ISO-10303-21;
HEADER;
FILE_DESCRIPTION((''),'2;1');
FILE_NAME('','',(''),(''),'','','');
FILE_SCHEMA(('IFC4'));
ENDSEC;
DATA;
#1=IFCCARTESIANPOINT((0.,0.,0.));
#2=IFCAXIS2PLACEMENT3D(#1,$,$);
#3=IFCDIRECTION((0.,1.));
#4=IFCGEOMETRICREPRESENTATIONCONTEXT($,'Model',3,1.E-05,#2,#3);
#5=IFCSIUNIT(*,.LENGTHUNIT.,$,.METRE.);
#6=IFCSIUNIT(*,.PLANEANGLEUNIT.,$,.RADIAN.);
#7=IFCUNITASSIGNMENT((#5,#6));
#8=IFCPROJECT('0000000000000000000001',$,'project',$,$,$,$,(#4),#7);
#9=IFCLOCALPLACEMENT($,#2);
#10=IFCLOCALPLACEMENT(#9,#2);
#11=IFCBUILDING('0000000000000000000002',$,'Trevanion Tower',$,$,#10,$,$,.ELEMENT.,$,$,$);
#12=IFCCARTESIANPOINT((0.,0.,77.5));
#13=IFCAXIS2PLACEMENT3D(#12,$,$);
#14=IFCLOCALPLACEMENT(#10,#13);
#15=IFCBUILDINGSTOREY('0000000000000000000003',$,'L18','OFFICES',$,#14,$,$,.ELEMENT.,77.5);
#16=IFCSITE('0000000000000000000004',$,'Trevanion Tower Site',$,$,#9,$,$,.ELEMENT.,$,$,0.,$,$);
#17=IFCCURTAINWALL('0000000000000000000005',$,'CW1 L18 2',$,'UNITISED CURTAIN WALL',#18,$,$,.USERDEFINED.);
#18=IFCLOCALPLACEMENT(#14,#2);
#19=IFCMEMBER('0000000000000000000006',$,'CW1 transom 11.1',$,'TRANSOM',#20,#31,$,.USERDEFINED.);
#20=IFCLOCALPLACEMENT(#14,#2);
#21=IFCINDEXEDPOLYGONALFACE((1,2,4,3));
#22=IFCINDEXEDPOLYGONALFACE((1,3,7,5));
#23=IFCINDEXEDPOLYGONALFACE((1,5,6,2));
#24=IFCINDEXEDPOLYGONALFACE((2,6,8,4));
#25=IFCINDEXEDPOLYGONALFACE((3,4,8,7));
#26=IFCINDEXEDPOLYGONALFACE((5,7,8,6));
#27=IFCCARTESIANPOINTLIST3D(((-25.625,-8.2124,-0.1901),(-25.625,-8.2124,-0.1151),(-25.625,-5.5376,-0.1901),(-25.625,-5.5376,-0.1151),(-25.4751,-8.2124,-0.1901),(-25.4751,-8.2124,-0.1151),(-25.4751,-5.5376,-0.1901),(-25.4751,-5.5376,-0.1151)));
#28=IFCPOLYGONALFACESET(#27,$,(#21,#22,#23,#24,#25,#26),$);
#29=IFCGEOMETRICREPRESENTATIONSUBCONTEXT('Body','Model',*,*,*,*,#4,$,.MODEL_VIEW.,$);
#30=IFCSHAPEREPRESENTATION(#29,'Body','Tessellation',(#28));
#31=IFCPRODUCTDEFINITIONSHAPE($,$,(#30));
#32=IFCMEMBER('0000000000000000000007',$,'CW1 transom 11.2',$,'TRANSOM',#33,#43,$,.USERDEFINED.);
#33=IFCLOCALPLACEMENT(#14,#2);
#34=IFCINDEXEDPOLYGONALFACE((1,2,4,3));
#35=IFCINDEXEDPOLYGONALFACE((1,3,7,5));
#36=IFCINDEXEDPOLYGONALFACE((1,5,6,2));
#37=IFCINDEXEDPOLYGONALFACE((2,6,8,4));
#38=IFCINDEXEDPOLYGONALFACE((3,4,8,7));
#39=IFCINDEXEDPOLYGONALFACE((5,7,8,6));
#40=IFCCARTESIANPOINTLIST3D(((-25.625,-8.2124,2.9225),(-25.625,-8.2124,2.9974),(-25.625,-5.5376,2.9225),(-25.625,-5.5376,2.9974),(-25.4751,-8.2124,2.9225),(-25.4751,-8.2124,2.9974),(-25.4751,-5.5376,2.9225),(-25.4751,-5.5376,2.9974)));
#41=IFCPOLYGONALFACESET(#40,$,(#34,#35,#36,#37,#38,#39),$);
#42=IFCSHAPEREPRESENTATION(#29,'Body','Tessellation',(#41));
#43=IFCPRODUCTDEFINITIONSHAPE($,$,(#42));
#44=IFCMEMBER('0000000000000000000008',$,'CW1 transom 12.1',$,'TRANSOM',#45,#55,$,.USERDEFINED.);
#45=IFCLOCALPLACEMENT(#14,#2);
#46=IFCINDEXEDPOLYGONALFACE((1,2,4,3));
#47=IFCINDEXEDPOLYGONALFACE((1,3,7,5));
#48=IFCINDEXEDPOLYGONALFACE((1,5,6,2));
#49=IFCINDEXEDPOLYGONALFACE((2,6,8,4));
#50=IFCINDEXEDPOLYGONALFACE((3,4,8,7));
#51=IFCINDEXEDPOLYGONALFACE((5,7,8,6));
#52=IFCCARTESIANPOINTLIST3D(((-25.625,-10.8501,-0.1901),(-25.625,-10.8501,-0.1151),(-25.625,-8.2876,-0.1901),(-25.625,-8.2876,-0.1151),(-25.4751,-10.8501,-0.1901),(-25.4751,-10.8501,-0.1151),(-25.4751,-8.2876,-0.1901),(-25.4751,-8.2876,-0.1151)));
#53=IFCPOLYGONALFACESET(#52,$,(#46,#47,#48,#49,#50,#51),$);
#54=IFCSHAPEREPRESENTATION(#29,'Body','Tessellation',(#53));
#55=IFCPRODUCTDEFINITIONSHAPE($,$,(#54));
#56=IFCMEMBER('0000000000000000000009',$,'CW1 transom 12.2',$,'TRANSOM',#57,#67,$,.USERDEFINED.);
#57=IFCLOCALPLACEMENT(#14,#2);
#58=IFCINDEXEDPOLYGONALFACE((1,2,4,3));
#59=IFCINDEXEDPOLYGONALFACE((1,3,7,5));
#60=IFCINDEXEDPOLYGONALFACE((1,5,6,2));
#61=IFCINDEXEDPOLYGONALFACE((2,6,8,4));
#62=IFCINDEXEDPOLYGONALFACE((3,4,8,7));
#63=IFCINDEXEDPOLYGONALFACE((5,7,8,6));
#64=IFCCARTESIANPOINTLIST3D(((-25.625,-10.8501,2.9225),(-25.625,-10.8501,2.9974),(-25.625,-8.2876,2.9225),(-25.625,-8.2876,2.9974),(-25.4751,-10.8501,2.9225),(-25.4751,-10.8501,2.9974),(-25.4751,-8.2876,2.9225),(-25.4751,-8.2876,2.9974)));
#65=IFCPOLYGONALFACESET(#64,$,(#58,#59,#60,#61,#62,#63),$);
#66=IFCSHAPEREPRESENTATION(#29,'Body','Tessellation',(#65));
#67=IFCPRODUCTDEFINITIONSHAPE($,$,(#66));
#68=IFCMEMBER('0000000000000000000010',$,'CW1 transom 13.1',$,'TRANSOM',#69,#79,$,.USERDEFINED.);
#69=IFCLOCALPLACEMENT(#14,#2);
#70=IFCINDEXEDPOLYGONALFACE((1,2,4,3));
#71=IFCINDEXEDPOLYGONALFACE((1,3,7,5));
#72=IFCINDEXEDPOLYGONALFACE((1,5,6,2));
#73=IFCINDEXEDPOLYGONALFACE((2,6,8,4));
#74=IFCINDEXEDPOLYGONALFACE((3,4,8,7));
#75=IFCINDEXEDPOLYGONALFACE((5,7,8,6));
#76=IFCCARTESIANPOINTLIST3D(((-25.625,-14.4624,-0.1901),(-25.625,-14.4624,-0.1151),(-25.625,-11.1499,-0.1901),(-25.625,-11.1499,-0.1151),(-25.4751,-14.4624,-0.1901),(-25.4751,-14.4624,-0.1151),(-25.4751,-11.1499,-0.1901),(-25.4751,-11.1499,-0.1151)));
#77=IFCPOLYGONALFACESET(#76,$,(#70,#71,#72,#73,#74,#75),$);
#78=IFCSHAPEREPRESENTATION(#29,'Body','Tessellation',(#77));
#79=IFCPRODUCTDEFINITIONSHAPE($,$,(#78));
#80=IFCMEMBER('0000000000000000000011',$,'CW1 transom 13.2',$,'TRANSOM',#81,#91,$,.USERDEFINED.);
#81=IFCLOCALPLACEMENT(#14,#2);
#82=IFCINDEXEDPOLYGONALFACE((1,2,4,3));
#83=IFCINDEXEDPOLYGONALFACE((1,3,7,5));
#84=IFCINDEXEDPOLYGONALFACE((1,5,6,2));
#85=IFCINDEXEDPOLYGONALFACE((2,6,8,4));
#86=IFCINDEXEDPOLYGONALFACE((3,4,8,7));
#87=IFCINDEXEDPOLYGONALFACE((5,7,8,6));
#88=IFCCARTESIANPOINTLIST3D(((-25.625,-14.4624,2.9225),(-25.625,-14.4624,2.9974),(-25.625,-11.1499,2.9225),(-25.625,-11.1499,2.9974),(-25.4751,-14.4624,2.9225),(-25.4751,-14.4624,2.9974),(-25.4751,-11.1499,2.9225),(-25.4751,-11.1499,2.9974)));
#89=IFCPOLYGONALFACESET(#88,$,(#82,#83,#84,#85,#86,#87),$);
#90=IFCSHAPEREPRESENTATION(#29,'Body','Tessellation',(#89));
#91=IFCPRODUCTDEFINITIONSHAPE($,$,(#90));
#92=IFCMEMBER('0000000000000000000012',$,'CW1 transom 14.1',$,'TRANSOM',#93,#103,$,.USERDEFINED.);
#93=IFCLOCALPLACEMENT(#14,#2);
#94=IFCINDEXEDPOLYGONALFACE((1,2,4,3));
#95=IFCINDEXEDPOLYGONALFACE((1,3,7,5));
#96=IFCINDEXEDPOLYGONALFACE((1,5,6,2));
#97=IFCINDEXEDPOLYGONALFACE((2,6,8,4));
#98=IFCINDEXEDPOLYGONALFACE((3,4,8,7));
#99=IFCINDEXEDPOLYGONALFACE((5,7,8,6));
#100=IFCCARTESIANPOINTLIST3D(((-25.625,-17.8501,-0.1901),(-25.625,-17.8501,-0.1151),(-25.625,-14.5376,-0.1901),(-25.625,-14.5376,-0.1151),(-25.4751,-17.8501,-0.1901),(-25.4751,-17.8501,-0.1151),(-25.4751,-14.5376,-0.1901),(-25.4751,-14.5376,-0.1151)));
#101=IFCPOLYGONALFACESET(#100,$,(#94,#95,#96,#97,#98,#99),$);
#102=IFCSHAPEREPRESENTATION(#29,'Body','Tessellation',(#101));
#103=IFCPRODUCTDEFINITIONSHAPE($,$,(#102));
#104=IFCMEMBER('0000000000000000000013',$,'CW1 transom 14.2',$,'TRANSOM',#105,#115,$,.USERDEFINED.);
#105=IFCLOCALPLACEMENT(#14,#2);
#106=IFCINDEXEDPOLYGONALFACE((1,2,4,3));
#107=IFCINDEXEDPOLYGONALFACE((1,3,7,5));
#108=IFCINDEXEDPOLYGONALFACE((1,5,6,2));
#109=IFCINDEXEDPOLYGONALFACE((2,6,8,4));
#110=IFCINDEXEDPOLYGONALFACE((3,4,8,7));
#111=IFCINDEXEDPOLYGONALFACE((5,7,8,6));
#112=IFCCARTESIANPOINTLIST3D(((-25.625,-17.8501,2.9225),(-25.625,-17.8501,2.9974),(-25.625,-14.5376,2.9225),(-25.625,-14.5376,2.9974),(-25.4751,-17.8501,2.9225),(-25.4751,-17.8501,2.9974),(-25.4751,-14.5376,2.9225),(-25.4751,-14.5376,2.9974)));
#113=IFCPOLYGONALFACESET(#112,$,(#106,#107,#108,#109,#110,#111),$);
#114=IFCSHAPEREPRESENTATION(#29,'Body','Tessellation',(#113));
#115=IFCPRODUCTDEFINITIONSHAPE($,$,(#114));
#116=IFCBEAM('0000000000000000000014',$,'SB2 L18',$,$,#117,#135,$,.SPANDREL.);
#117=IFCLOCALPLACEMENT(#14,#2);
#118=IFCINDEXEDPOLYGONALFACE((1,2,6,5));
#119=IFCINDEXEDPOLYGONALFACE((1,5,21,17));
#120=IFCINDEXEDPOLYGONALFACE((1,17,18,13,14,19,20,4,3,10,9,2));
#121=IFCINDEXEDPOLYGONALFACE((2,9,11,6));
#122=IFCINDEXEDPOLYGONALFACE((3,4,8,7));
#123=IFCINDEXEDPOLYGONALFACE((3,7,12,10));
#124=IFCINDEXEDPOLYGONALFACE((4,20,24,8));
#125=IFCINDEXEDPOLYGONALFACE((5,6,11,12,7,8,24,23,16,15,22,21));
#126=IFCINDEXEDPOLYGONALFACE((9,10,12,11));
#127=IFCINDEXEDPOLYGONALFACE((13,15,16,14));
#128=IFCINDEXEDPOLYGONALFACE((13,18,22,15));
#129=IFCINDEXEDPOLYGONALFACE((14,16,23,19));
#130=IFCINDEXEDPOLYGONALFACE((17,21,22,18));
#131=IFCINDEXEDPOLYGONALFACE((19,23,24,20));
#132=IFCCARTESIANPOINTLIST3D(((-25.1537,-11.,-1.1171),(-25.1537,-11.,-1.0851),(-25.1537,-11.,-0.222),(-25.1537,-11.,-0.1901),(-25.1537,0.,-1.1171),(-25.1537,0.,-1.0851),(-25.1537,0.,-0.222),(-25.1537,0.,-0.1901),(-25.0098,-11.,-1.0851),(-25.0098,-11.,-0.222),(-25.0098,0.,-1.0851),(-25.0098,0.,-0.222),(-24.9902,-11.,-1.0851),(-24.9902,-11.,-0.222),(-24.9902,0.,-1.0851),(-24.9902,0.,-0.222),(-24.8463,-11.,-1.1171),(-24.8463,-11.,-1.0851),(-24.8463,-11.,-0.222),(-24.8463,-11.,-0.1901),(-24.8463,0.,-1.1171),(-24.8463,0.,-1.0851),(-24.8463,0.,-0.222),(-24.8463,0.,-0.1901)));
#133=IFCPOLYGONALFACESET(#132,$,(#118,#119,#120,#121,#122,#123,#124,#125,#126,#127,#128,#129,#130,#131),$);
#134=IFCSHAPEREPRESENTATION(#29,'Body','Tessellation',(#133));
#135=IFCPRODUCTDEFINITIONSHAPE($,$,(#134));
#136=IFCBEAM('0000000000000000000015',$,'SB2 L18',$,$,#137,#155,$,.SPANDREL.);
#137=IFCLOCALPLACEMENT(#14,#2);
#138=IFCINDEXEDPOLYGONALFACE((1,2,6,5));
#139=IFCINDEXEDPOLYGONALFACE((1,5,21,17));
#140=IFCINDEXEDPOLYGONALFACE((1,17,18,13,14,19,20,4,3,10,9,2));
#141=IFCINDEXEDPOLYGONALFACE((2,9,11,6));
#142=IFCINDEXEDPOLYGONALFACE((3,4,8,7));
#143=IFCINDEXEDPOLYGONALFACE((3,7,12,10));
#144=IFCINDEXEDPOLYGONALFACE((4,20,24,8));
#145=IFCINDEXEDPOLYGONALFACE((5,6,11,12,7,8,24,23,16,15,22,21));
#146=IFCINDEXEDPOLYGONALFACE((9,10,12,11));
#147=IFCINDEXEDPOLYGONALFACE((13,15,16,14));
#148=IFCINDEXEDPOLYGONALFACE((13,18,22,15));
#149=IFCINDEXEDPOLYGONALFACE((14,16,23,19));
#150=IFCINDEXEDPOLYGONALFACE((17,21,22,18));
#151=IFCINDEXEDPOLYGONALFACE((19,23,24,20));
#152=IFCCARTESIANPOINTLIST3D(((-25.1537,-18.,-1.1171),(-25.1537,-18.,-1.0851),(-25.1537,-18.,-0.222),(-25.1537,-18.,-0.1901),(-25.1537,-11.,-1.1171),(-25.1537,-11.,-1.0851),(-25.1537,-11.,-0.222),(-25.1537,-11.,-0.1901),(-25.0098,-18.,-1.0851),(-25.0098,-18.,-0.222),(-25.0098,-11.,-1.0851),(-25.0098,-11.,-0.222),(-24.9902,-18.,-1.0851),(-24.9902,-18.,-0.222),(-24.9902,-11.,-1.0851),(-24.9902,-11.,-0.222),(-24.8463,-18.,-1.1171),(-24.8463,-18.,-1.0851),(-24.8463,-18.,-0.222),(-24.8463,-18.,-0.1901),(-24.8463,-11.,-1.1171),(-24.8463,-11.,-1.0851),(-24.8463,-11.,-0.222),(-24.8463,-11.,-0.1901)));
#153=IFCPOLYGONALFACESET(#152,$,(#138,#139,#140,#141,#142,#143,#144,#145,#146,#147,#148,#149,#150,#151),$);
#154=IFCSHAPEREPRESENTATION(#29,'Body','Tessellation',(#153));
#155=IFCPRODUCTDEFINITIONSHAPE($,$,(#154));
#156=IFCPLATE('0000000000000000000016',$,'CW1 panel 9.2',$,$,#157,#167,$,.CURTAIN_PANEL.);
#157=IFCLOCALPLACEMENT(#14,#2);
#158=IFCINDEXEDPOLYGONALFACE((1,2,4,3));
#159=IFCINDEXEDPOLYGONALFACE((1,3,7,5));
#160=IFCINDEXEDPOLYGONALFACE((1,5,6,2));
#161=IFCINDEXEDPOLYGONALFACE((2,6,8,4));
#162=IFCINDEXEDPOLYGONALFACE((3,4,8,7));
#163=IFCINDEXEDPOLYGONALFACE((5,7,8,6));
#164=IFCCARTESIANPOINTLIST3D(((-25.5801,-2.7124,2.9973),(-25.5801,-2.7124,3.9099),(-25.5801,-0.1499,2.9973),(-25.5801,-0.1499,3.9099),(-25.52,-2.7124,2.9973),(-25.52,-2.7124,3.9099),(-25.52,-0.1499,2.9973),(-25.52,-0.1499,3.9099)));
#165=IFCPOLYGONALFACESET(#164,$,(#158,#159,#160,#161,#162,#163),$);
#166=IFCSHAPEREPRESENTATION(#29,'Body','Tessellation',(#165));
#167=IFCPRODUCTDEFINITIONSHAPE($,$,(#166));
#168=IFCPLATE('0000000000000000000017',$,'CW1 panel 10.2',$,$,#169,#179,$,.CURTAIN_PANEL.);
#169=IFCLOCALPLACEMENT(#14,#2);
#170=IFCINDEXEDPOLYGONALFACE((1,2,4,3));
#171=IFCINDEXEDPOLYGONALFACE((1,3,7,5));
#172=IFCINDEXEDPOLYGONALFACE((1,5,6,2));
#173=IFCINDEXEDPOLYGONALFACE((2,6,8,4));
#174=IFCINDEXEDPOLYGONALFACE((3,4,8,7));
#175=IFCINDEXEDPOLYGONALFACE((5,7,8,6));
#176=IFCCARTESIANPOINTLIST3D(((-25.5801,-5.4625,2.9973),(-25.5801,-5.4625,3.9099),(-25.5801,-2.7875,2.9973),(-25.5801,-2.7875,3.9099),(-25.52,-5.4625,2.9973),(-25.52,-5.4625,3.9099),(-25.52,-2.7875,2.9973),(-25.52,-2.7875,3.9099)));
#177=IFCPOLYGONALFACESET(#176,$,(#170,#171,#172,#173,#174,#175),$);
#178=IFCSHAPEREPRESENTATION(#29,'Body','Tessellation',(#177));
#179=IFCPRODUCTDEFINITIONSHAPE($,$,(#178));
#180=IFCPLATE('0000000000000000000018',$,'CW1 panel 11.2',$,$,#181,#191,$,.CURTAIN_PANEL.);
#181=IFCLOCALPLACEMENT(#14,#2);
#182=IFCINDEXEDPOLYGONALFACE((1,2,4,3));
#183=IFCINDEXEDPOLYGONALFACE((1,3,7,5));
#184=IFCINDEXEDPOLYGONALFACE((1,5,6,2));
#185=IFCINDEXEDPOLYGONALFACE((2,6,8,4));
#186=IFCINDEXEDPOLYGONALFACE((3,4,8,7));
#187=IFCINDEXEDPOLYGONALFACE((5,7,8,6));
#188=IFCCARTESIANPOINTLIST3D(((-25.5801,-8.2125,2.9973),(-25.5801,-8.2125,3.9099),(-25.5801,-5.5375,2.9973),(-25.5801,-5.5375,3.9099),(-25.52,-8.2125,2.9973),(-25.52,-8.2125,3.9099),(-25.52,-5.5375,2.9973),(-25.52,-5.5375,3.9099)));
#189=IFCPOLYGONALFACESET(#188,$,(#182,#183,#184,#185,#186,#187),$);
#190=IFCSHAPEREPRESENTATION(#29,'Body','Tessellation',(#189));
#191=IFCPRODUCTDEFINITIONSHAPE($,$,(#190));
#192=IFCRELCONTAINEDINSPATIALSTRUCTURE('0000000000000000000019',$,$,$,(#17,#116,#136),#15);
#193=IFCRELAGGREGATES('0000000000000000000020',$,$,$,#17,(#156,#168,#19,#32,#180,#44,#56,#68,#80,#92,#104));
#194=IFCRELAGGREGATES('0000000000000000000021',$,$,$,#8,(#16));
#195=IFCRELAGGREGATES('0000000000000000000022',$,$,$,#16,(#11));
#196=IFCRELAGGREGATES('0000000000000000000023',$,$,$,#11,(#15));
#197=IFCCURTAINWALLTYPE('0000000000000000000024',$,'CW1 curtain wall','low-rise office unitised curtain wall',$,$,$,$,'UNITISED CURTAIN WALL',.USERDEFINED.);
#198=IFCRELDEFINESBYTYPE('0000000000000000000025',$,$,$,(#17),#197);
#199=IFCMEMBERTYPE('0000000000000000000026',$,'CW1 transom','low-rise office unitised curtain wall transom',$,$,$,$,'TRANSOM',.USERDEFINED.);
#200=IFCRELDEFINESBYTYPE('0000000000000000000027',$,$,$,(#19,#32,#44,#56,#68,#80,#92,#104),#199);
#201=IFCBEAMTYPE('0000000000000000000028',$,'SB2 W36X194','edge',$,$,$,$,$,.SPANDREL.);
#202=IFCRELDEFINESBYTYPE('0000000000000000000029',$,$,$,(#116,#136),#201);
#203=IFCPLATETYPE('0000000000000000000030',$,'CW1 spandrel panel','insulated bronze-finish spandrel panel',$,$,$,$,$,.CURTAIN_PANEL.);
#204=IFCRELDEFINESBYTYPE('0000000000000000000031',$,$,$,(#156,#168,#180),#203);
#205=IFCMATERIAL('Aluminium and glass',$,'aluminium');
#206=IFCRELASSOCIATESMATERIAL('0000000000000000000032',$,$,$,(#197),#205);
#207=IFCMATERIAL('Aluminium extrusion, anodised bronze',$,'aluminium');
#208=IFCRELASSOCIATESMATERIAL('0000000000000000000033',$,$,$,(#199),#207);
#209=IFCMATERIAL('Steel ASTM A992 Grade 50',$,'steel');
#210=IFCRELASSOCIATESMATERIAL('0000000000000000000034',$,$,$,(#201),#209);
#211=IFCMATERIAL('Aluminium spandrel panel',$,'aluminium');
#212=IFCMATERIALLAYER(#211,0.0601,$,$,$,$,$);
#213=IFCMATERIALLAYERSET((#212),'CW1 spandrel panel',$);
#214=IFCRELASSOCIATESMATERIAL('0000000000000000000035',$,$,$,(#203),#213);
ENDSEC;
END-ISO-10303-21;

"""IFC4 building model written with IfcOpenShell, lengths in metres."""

from ifc_helpers import new_model, si_unit, direction, frame, origin, origin_2d, place, context, subcontext, project, spatial, rectangle, i_section, extrude, material, layer, layer_set, material_profile, profile_set, type_object, element, aggregate, save


model = new_model("IFC4")

# Units and contexts
model_context = context("Model", 3, precision=1e-05, world=origin(), true_north=direction((0.0, 1.0)))
body_context = subcontext(model_context, "Body", "Model", "MODEL_VIEW")
ifc_project = project(units=[si_unit("LENGTHUNIT", "METRE"), si_unit("PLANEANGLEUNIT", "RADIAN")], contexts=[model_context])

# Site, building, storey
site_placement = place(None, origin())
site = spatial("IfcSite", under=ifc_project, at=site_placement, Name="Trevanion Tower Site", CompositionType="ELEMENT", RefElevation=0.0)
building_placement = place(site_placement, origin())
building = spatial("IfcBuilding", under=site, at=building_placement, Name="Trevanion Tower", CompositionType="ELEMENT")
storey_placement = place(building_placement, frame((0.0, 0.0, 77.5)))
storey = spatial("IfcBuildingStorey", under=building, at=storey_placement, Name="L18", Description="OFFICES", CompositionType="ELEMENT", Elevation=77.5)

# Curtain wall, members
ifc_material_1 = material(Name="Aluminium and glass", Category="aluminium")
curtain_wall_type = type_object("IfcCurtainWallType", Name="CW1 curtain wall", Description="low-rise office unitised curtain wall", ElementType="UNITISED CURTAIN WALL", PredefinedType="USERDEFINED", material=ifc_material_1)
curtain_wall_placement = place(storey_placement, origin())
curtain_wall = element("IfcCurtainWall", 1, at=curtain_wall_placement, inside=storey, type_object=curtain_wall_type, Name="CW1 L18 2", ObjectType="UNITISED CURTAIN WALL", PredefinedType="USERDEFINED")
ifc_material_2 = material(Name="Aluminium extrusion, anodised bronze", Category="aluminium")
ifc_material_profile_1 = material_profile(ifc_material_2, rectangle(XDim=0.1499, YDim=0.075, at=origin_2d()), Name="CW1 transom")
ifc_profile_set_1 = profile_set([ifc_material_profile_1], Name="Aluminium extrusion, anodised bronze")
member_type_1 = type_object("IfcMemberType", Name="CW1 transom", Description="low-rise office unitised curtain wall transom", ElementType="TRANSOM", PredefinedType="USERDEFINED", material=ifc_profile_set_1)
member_1_placement = place(storey_placement, frame((-25.55, -5.5376, -0.1526), z_axis=(0.0, -1.0, 0.0), x_axis=(1.0, 0.0, 0.0)))
member_1 = element("IfcMember", 2, at=member_1_placement, type_object=member_type_1, Name="CW1 transom 11.1", ObjectType="TRANSOM", PredefinedType="USERDEFINED", context=body_context, shape_type="SweptSolid", body=[
    extrude(rectangle(XDim=0.1499, YDim=0.075, at=origin_2d()), origin(), (0.0, 0.0, 1.0), 2.6748),
])
member_2_placement = place(storey_placement, frame((-25.55, -5.5376, 2.96), z_axis=(0.0, -1.0, 0.0), x_axis=(1.0, 0.0, 0.0)))
member_2 = element("IfcMember", 3, at=member_2_placement, type_object=member_type_1, Name="CW1 transom 11.2", ObjectType="TRANSOM", PredefinedType="USERDEFINED", context=body_context, shape_type="SweptSolid", body=[
    extrude(rectangle(XDim=0.1499, YDim=0.075, at=origin_2d()), origin(), (0.0, 0.0, 1.0), 2.6748),
])
member_3_placement = place(storey_placement, frame((-25.55, -8.2876, -0.1526), z_axis=(0.0, -1.0, 0.0), x_axis=(1.0, 0.0, 0.0)))
member_3 = element("IfcMember", 4, at=member_3_placement, type_object=member_type_1, Name="CW1 transom 12.1", ObjectType="TRANSOM", PredefinedType="USERDEFINED", context=body_context, shape_type="SweptSolid", body=[
    extrude(rectangle(XDim=0.1499, YDim=0.075, at=origin_2d()), origin(), (0.0, 0.0, 1.0), 2.5625),
])
member_4_placement = place(storey_placement, frame((-25.55, -8.2876, 2.96), z_axis=(0.0, -1.0, 0.0), x_axis=(1.0, 0.0, 0.0)))
member_4 = element("IfcMember", 5, at=member_4_placement, type_object=member_type_1, Name="CW1 transom 12.2", ObjectType="TRANSOM", PredefinedType="USERDEFINED", context=body_context, shape_type="SweptSolid", body=[
    extrude(rectangle(XDim=0.1499, YDim=0.075, at=origin_2d()), origin(), (0.0, 0.0, 1.0), 2.5625),
])
member_5_placement = place(storey_placement, frame((-25.55, -11.1499, -0.1526), z_axis=(0.0, -1.0, 0.0), x_axis=(1.0, 0.0, 0.0)))
member_5 = element("IfcMember", 6, at=member_5_placement, type_object=member_type_1, Name="CW1 transom 13.1", ObjectType="TRANSOM", PredefinedType="USERDEFINED", context=body_context, shape_type="SweptSolid", body=[
    extrude(rectangle(XDim=0.1499, YDim=0.075, at=origin_2d()), origin(), (0.0, 0.0, 1.0), 3.3125),
])
member_6_placement = place(storey_placement, frame((-25.55, -11.1499, 2.96), z_axis=(0.0, -1.0, 0.0), x_axis=(1.0, 0.0, 0.0)))
member_6 = element("IfcMember", 7, at=member_6_placement, type_object=member_type_1, Name="CW1 transom 13.2", ObjectType="TRANSOM", PredefinedType="USERDEFINED", context=body_context, shape_type="SweptSolid", body=[
    extrude(rectangle(XDim=0.1499, YDim=0.075, at=origin_2d()), origin(), (0.0, 0.0, 1.0), 3.3125),
])
member_7_placement = place(storey_placement, frame((-25.55, -14.5376, -0.1526), z_axis=(0.0, -1.0, 0.0), x_axis=(1.0, 0.0, 0.0)))
member_7 = element("IfcMember", 8, at=member_7_placement, type_object=member_type_1, Name="CW1 transom 14.1", ObjectType="TRANSOM", PredefinedType="USERDEFINED", context=body_context, shape_type="SweptSolid", body=[
    extrude(rectangle(XDim=0.1499, YDim=0.075, at=origin_2d()), origin(), (0.0, 0.0, 1.0), 3.3125),
])
member_8_placement = place(storey_placement, frame((-25.55, -14.5376, 2.96), z_axis=(0.0, -1.0, 0.0), x_axis=(1.0, 0.0, 0.0)))
member_8 = element("IfcMember", 9, at=member_8_placement, type_object=member_type_1, Name="CW1 transom 14.2", ObjectType="TRANSOM", PredefinedType="USERDEFINED", context=body_context, shape_type="SweptSolid", body=[
    extrude(rectangle(XDim=0.1499, YDim=0.075, at=origin_2d()), origin(), (0.0, 0.0, 1.0), 3.3125),
])

# Beams
ifc_material_3 = material(Name="Steel ASTM A992 Grade 50", Category="steel")
ifc_material_profile_2 = material_profile(ifc_material_3, i_section(OverallWidth=0.3074, OverallDepth=0.927, WebThickness=0.0195, FlangeThickness=0.032, at=origin_2d()), Name="W36X194")
ifc_profile_set_2 = profile_set([ifc_material_profile_2], Name="Steel ASTM A992 Grade 50")
beam_type_1 = type_object("IfcBeamType", Name="SB2 W36X194", Description="edge", PredefinedType="SPANDREL", material=ifc_profile_set_2)
beam_1_placement = place(storey_placement, frame((-25.0, 0.0, -0.6536), z_axis=(0.0, -1.0, 0.0), x_axis=(1.0, 0.0, 0.0)))
element("IfcBeam", 10, at=beam_1_placement, inside=storey, type_object=beam_type_1, Name="SB2 L18", PredefinedType="SPANDREL", context=body_context, shape_type="SweptSolid", body=[
    extrude(i_section(OverallWidth=0.3074, OverallDepth=0.927, WebThickness=0.0195, FlangeThickness=0.032, at=origin_2d()), origin(), (0.0, 0.0, 1.0), 11.0),
])
beam_2_placement = place(storey_placement, frame((-25.0, -11.0, -0.6536), z_axis=(0.0, -1.0, 0.0), x_axis=(1.0, 0.0, 0.0)))
element("IfcBeam", 11, at=beam_2_placement, inside=storey, type_object=beam_type_1, Name="SB2 L18", PredefinedType="SPANDREL", context=body_context, shape_type="SweptSolid", body=[
    extrude(i_section(OverallWidth=0.3074, OverallDepth=0.927, WebThickness=0.0195, FlangeThickness=0.032, at=origin_2d()), origin(), (0.0, 0.0, 1.0), 7.0),
])

# Plates
ifc_material_4 = material(Name="Aluminium spandrel panel", Category="aluminium")
ifc_layer_1 = layer(ifc_material_4, 0.0601)
ifc_layer_set_1 = layer_set([ifc_layer_1], Name="CW1 spandrel panel")
plate_type_1 = type_object("IfcPlateType", Name="CW1 spandrel panel", Description="insulated bronze-finish spandrel panel", PredefinedType="CURTAIN_PANEL", material=ifc_layer_set_1)
plate_1_placement = place(storey_placement, frame((-25.55, -1.4312, 2.9973), z_axis=(0.0, 0.0, 1.0), x_axis=(0.0, -1.0, 0.0)))
plate_1 = element("IfcPlate", 12, at=plate_1_placement, type_object=plate_type_1, Name="CW1 panel 9.2", PredefinedType="CURTAIN_PANEL", context=body_context, shape_type="SweptSolid", body=[
    extrude(rectangle(XDim=2.5625, YDim=0.0601, at=origin_2d()), origin(), (0.0, 0.0, 1.0), 0.9126),
])
plate_2_placement = place(storey_placement, frame((-25.55, -4.125, 2.9973), z_axis=(0.0, 0.0, 1.0), x_axis=(0.0, -1.0, 0.0)))
plate_2 = element("IfcPlate", 13, at=plate_2_placement, type_object=plate_type_1, Name="CW1 panel 10.2", PredefinedType="CURTAIN_PANEL", context=body_context, shape_type="SweptSolid", body=[
    extrude(rectangle(XDim=2.675, YDim=0.0601, at=origin_2d()), origin(), (0.0, 0.0, 1.0), 0.9126),
])
plate_3_placement = place(storey_placement, frame((-25.55, -6.875, 2.9973), z_axis=(0.0, 0.0, 1.0), x_axis=(0.0, -1.0, 0.0)))
plate_3 = element("IfcPlate", 14, at=plate_3_placement, type_object=plate_type_1, Name="CW1 panel 11.2", PredefinedType="CURTAIN_PANEL", context=body_context, shape_type="SweptSolid", body=[
    extrude(rectangle(XDim=2.675, YDim=0.0601, at=origin_2d()), origin(), (0.0, 0.0, 1.0), 0.9126),
])
aggregate(curtain_wall, [plate_1, plate_2, member_1, member_2, plate_3, member_3, member_4, member_5, member_6, member_7, member_8])

save(model, "model.ifc")
